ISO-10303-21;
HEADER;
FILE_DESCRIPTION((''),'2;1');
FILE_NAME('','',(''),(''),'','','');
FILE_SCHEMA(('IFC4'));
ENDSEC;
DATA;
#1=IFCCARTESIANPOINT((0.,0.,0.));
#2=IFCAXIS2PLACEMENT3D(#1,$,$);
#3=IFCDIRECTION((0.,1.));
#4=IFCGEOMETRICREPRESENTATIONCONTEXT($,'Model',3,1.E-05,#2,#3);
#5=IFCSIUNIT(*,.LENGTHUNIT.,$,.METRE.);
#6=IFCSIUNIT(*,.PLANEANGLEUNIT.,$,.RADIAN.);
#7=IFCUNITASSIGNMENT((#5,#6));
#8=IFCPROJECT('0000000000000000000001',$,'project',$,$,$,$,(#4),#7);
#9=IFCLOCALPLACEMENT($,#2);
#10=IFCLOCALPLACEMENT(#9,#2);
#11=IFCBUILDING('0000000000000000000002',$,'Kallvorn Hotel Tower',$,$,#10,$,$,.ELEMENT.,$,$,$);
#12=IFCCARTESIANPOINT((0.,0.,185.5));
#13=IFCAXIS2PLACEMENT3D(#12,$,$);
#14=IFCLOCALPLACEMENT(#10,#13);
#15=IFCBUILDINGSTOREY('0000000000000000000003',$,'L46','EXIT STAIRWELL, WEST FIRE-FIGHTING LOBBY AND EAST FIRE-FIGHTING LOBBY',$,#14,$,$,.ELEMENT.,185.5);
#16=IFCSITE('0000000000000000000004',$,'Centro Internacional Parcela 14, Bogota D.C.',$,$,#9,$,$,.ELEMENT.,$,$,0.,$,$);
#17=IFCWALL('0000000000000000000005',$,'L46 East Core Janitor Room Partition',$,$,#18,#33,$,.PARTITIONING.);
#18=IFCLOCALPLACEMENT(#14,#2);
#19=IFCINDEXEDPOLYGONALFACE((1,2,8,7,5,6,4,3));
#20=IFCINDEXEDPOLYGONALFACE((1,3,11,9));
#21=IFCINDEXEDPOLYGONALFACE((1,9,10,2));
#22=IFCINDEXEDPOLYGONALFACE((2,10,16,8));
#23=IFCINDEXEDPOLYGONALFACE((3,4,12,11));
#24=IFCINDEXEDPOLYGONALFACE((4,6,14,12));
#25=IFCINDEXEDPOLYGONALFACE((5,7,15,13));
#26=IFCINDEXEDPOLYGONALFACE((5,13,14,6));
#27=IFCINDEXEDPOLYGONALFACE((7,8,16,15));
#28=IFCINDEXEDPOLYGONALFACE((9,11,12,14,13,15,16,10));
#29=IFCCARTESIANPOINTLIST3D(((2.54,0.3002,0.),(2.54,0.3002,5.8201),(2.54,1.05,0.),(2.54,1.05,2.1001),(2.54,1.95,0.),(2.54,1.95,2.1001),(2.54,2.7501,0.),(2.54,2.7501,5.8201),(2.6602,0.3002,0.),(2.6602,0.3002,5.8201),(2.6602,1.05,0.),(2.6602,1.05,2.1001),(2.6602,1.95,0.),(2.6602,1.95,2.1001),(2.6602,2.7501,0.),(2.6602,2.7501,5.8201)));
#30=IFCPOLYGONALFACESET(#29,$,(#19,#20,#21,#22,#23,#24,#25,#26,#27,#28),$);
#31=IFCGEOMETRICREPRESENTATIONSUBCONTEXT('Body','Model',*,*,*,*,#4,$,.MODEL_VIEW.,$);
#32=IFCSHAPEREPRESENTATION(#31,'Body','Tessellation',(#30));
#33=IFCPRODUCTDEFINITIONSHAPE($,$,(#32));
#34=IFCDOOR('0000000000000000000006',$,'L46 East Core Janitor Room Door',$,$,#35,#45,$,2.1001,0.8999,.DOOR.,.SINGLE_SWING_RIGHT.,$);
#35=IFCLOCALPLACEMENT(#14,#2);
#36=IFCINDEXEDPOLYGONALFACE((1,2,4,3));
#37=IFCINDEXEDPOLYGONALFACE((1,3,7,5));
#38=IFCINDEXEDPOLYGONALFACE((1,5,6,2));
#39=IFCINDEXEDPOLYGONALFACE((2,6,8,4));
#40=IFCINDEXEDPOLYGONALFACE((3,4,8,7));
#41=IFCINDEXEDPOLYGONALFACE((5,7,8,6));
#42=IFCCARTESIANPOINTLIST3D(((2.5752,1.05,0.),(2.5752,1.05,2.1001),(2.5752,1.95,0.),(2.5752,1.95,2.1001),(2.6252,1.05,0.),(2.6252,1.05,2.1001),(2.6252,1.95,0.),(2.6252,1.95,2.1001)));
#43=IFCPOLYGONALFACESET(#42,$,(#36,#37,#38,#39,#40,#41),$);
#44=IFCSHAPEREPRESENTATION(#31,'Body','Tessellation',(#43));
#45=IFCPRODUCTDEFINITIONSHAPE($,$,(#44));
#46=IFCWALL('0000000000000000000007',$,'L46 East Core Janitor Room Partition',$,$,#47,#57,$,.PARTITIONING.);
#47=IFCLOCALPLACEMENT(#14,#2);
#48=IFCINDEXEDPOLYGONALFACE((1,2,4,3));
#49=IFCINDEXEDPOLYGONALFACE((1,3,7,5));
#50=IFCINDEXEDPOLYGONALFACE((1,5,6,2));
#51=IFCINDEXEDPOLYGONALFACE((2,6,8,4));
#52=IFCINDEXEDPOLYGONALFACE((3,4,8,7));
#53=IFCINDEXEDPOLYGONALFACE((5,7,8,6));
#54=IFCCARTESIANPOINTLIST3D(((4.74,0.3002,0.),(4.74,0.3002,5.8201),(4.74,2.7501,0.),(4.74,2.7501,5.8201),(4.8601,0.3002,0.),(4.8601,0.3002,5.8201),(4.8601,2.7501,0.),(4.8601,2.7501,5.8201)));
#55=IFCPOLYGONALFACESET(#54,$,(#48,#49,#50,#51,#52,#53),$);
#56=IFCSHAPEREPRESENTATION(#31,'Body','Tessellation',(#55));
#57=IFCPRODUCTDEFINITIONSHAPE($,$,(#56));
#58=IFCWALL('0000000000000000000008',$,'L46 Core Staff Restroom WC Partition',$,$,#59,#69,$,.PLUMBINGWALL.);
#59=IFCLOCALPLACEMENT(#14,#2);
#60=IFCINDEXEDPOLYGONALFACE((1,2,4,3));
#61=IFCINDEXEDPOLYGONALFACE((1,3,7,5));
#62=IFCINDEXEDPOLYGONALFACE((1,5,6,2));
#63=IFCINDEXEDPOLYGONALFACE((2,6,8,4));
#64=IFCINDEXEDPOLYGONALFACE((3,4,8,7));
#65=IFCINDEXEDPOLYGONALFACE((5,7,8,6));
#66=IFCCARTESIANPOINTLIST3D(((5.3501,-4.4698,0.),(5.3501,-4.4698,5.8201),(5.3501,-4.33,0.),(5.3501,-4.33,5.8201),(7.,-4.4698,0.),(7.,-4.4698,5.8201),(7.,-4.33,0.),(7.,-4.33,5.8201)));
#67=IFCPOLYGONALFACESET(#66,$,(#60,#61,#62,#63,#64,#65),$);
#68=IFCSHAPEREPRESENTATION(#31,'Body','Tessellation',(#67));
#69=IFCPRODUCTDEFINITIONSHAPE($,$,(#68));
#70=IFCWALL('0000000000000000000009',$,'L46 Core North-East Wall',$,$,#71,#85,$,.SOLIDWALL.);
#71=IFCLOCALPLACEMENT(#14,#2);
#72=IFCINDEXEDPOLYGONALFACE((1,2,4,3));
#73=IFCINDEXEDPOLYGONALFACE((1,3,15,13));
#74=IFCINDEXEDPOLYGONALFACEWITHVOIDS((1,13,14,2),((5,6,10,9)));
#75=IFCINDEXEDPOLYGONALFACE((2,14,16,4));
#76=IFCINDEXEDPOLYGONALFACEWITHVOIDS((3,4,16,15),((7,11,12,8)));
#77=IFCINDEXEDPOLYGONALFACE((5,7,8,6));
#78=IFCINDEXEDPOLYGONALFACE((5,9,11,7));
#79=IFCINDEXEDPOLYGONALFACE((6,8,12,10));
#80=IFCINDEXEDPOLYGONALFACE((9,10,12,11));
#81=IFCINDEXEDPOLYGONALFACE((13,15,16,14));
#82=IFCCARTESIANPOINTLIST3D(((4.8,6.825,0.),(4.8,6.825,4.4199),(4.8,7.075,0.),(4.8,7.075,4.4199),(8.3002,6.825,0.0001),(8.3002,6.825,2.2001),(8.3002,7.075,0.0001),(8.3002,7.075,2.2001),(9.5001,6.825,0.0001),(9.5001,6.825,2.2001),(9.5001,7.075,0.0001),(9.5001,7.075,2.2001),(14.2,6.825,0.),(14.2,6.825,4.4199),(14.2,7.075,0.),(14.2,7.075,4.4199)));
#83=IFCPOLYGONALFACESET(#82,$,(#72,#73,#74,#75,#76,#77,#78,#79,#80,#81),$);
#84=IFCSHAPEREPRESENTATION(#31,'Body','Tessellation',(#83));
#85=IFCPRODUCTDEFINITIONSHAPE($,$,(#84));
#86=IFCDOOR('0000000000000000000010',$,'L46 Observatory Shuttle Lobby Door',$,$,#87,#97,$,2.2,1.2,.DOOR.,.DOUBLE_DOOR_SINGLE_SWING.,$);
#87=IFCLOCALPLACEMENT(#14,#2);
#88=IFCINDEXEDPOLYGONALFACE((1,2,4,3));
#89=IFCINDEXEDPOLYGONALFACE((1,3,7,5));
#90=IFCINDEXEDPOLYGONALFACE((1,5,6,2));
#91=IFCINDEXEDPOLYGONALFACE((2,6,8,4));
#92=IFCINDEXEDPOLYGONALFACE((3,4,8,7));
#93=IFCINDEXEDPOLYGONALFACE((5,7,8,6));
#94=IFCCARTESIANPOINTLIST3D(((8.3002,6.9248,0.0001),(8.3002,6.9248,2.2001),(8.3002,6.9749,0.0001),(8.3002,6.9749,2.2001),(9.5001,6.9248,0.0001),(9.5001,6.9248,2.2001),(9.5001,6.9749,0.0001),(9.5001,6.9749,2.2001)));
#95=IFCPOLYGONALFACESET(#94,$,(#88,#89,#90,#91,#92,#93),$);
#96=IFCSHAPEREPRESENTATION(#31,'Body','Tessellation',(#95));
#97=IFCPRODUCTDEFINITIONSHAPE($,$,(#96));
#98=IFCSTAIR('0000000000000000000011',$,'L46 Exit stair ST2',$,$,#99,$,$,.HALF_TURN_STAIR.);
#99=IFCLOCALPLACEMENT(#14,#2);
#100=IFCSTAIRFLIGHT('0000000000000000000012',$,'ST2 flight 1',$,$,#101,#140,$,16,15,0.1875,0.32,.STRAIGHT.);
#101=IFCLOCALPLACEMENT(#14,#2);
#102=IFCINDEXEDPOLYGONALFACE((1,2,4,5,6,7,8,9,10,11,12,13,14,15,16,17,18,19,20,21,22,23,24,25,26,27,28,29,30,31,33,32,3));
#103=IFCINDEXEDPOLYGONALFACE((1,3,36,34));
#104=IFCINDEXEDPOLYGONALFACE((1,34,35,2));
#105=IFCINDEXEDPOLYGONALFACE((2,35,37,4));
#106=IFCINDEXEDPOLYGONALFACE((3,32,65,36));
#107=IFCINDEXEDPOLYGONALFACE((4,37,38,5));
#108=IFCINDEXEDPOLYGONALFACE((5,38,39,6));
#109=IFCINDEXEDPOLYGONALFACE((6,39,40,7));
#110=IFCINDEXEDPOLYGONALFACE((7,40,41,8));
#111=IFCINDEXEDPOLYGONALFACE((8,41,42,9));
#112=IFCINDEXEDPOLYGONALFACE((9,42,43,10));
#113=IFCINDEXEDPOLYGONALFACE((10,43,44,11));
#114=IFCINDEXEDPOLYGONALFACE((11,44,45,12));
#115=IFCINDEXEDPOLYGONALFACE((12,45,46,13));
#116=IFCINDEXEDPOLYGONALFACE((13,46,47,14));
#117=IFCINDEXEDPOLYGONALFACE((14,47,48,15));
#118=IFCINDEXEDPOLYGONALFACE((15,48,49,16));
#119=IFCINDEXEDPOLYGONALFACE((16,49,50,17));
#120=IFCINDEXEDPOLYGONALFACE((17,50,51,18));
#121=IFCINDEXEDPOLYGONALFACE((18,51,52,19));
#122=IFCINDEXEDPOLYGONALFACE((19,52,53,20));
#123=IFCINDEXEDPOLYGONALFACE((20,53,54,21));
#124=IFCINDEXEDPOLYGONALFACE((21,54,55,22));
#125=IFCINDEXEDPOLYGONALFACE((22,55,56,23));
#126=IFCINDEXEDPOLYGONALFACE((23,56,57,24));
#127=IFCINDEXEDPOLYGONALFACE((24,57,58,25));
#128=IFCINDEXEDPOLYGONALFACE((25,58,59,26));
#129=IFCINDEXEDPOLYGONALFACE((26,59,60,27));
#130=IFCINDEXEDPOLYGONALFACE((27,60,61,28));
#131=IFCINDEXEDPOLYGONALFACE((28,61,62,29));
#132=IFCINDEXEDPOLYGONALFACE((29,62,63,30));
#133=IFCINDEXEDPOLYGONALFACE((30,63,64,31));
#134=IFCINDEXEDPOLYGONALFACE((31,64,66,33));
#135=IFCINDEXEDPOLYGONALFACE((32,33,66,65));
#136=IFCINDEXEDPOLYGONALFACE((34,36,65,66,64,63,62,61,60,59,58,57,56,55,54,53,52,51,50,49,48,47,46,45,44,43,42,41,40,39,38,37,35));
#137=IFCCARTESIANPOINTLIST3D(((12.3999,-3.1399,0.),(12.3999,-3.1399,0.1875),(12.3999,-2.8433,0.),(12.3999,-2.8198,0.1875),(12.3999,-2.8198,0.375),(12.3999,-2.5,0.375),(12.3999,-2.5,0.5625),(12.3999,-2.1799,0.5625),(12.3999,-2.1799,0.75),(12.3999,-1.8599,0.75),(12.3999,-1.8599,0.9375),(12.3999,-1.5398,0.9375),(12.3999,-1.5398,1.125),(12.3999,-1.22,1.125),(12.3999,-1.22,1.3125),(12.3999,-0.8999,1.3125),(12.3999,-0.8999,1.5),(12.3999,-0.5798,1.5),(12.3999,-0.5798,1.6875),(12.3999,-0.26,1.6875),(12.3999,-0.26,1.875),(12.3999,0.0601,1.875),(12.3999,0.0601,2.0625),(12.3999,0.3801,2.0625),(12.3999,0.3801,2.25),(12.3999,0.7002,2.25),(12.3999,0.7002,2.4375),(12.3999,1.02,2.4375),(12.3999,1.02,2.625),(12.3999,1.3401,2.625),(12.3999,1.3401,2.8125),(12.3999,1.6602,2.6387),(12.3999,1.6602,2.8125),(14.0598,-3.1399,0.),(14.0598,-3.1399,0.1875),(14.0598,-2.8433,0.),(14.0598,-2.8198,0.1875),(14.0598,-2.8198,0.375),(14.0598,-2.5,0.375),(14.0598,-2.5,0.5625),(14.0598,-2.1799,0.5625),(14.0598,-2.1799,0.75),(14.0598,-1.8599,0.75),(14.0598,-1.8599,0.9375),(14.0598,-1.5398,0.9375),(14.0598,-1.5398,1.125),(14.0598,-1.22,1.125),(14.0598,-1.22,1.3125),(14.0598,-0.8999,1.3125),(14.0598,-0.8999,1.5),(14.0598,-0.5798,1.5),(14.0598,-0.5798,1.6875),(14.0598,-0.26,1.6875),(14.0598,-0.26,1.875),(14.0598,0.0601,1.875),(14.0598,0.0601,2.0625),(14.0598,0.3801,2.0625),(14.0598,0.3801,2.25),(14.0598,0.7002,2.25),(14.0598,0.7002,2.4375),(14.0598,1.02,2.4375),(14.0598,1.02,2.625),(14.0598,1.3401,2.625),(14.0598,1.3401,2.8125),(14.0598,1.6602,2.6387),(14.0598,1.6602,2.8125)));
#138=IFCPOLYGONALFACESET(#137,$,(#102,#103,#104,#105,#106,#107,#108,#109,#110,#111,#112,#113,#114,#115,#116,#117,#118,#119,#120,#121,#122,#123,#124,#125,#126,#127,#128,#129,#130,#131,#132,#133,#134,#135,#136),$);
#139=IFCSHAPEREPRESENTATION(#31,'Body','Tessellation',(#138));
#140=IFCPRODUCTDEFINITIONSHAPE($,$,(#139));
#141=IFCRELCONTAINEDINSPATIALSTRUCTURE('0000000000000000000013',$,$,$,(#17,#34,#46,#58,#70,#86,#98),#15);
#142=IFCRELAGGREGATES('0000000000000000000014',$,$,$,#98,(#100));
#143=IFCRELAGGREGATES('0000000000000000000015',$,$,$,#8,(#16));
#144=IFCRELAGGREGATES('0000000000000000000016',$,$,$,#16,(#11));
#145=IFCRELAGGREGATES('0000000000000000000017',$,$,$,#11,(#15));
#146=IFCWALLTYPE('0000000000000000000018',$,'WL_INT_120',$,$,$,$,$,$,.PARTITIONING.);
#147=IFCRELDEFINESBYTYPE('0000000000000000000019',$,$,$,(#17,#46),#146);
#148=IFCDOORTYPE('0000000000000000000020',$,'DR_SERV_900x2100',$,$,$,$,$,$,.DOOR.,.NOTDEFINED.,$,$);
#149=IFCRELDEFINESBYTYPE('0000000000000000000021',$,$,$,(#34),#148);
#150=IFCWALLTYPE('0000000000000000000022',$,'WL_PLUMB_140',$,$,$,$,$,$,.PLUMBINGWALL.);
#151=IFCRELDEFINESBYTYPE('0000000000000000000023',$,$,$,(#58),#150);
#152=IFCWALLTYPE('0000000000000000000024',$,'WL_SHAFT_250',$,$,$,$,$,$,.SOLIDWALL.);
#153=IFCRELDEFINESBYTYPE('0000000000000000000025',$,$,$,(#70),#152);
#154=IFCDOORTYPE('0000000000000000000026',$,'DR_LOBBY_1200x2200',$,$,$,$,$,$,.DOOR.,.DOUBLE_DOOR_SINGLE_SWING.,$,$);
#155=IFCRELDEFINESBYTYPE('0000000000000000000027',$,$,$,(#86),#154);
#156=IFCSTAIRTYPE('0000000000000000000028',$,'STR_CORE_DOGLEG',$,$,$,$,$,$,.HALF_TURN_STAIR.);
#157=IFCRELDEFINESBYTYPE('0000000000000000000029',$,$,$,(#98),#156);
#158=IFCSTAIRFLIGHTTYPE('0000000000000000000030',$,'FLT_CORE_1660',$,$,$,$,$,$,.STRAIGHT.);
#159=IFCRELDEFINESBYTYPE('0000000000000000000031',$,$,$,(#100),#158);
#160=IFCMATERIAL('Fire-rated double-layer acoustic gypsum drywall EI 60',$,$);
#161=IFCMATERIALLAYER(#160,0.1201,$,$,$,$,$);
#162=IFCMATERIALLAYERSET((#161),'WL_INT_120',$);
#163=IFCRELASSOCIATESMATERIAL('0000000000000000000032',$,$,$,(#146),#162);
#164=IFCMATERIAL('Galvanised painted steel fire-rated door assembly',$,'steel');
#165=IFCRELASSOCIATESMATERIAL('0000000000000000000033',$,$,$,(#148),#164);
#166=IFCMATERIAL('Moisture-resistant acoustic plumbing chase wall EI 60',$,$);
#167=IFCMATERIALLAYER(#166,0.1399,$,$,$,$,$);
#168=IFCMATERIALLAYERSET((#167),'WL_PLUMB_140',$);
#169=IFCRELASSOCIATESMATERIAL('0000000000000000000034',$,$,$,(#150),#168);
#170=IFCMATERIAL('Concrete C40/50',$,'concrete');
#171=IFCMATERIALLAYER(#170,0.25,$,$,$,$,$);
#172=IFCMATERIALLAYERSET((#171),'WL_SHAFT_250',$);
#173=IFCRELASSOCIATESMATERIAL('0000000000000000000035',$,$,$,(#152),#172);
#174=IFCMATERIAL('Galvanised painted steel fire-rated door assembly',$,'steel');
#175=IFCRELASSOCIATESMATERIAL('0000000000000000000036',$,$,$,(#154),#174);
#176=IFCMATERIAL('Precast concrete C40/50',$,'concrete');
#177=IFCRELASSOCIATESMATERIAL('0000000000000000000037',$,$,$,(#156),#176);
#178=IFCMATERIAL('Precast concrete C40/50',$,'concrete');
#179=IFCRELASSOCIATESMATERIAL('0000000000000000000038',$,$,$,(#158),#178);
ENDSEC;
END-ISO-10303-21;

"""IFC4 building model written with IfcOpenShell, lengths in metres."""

from ifc_helpers import new_model, si_unit, direction, frame, frame_2d, origin, place, context, subcontext, project, spatial, polyline, rectangle, outline, extrude, material, layer, layer_set, type_object, element, fill, aggregate, save


model = new_model("IFC4")

# Units and contexts
model_context = context("Model", 3, precision=1e-05, world=origin(), true_north=direction((0.0, 1.0)))
body_context = subcontext(model_context, "Body", "Model", "MODEL_VIEW")
ifc_project = project(units=[si_unit("LENGTHUNIT", "METRE"), si_unit("PLANEANGLEUNIT", "RADIAN")], contexts=[model_context])

# Site, building, storey
site_placement = place(None, origin())
site = spatial("IfcSite", under=ifc_project, at=site_placement, Name="Centro Internacional Parcela 14, Bogota D.C.", CompositionType="ELEMENT", RefElevation=0.0)
building_placement = place(site_placement, origin())
building = spatial("IfcBuilding", under=site, at=building_placement, Name="Kallvorn Hotel Tower", CompositionType="ELEMENT")
storey_placement = place(building_placement, frame((0.0, 0.0, 185.5)))
storey = spatial("IfcBuildingStorey", under=building, at=storey_placement, Name="L46", Description="EXIT STAIRWELL, WEST FIRE-FIGHTING LOBBY AND EAST FIRE-FIGHTING LOBBY", CompositionType="ELEMENT", Elevation=185.5)

# Shared definitions
ifc_material_1 = material(Name="Fire-rated double-layer acoustic gypsum drywall EI 60")
ifc_layer_1 = layer(ifc_material_1, 0.1201)
ifc_layer_set_1 = layer_set([ifc_layer_1], Name="WL_INT_120")
wall_type_1 = type_object("IfcWallType", Name="WL_INT_120", PredefinedType="PARTITIONING", material=ifc_layer_set_1)

# Wall, opening, door
wall_1_placement = place(storey_placement, frame((2.6001, 0.3, 0.0), z_axis=(0.0, 0.0, 1.0), x_axis=(0.0, 1.0, 0.0)))
wall_1 = element("IfcWall", 1, at=wall_1_placement, inside=storey, type_object=wall_type_1, Name="L46 East Core Janitor Room Partition", PredefinedType="PARTITIONING", context=body_context, shape_type="SweptSolid", body=[
    extrude(rectangle(XDim=2.45, YDim=0.1201, at=frame_2d((1.2251, 0.0))), origin(), (0.0, 0.0, 1.0), 5.8201),
])
opening_1_placement = place(wall_1_placement, frame((0.75, 0.0, 0.0)))
opening_1 = element("IfcOpeningElement", 2, at=opening_1_placement, cuts=wall_1, PredefinedType="OPENING", context=body_context, shape_type="SweptSolid", body=[
    extrude(rectangle(XDim=0.8999, YDim=2.1001, at=frame_2d((0.45, 1.05))), frame((0.0, 0.075, 0.0), z_axis=(0.0, -1.0, 0.0), x_axis=(1.0, 0.0, 0.0)), (0.0, 0.0, 1.0), 0.1501),
])
ifc_material_2 = material(Name="Galvanised painted steel fire-rated door assembly", Category="steel")
door_type_1 = type_object("IfcDoorType", Name="DR_SERV_900x2100", OperationType="NOTDEFINED", PredefinedType="DOOR", material=ifc_material_2)
door_1_placement = place(opening_1_placement, origin())
door_1 = element("IfcDoor", 3, at=door_1_placement, inside=storey, type_object=door_type_1, Name="L46 East Core Janitor Room Door", OperationType="SINGLE_SWING_RIGHT", OverallHeight=2.1001, OverallWidth=0.8999, PredefinedType="DOOR", context=body_context, shape_type="SweptSolid", body=[
    extrude(rectangle(XDim=0.8999, YDim=2.1001, at=frame_2d((0.45, 1.05))), frame((0.0, 0.0249, 0.0), z_axis=(0.0, -1.0, 0.0), x_axis=(1.0, 0.0, 0.0)), (0.0, 0.0, 1.0), 0.05),
])
fill(opening_1, door_1)

# Walls
wall_2_placement = place(storey_placement, frame((4.8, 0.3, 0.0), z_axis=(0.0, 0.0, 1.0), x_axis=(0.0, 1.0, 0.0)))
element("IfcWall", 4, at=wall_2_placement, inside=storey, type_object=wall_type_1, Name="L46 East Core Janitor Room Partition", PredefinedType="PARTITIONING", context=body_context, shape_type="SweptSolid", body=[
    extrude(rectangle(XDim=2.45, YDim=0.1201, at=frame_2d((1.2251, 0.0))), origin(), (0.0, 0.0, 1.0), 5.8201),
])
ifc_material_3 = material(Name="Moisture-resistant acoustic plumbing chase wall EI 60")
ifc_layer_2 = layer(ifc_material_3, 0.1399)
ifc_layer_set_2 = layer_set([ifc_layer_2], Name="WL_PLUMB_140")
wall_type_2 = type_object("IfcWallType", Name="WL_PLUMB_140", PredefinedType="PLUMBINGWALL", material=ifc_layer_set_2)
wall_3_placement = place(storey_placement, frame((5.3501, -4.3999, 0.0), z_axis=(0.0, 0.0, 1.0), x_axis=(1.0, 0.0, 0.0)))
element("IfcWall", 5, at=wall_3_placement, inside=storey, type_object=wall_type_2, Name="L46 Core Staff Restroom WC Partition", PredefinedType="PLUMBINGWALL", context=body_context, shape_type="SweptSolid", body=[
    extrude(rectangle(XDim=1.6499, YDim=0.1399, at=frame_2d((0.825, 0.0))), origin(), (0.0, 0.0, 1.0), 5.8201),
])

# Wall, opening, door
ifc_material_4 = material(Name="Concrete C40/50", Category="concrete")
ifc_layer_3 = layer(ifc_material_4, 0.25)
ifc_layer_set_3 = layer_set([ifc_layer_3], Name="WL_SHAFT_250")
wall_type_3 = type_object("IfcWallType", Name="WL_SHAFT_250", PredefinedType="SOLIDWALL", material=ifc_layer_set_3)
wall_4_placement = place(storey_placement, frame((4.8, 6.95, 0.0), z_axis=(0.0, 0.0, 1.0), x_axis=(1.0, 0.0, 0.0)))
wall_4 = element("IfcWall", 6, at=wall_4_placement, inside=storey, type_object=wall_type_3, Name="L46 Core North-East Wall", PredefinedType="SOLIDWALL", context=body_context, shape_type="SweptSolid", body=[
    extrude(rectangle(XDim=9.3999, YDim=0.25, at=frame_2d((4.7, 0.0))), origin(), (0.0, 0.0, 1.0), 4.4199),
])
opening_2_placement = place(wall_4_placement, frame((3.5, 0.0, 0.0)))
opening_2 = element("IfcOpeningElement", 7, at=opening_2_placement, cuts=wall_4, PredefinedType="OPENING", context=body_context, shape_type="SweptSolid", body=[
    extrude(rectangle(XDim=1.2, YDim=2.2, at=frame_2d((0.6001, 1.1001))), frame((0.0, 0.1399, 0.0), z_axis=(0.0, -1.0, 0.0), x_axis=(1.0, 0.0, 0.0)), (0.0, 0.0, 1.0), 0.28),
])
ifc_material_5 = material(Name="Galvanised painted steel fire-rated door assembly", Category="steel")
door_type_2 = type_object("IfcDoorType", Name="DR_LOBBY_1200x2200", OperationType="DOUBLE_DOOR_SINGLE_SWING", PredefinedType="DOOR", material=ifc_material_5)
door_2_placement = place(opening_2_placement, origin())
door_2 = element("IfcDoor", 8, at=door_2_placement, inside=storey, type_object=door_type_2, Name="L46 Observatory Shuttle Lobby Door", OperationType="DOUBLE_DOOR_SINGLE_SWING", OverallHeight=2.2, OverallWidth=1.2, PredefinedType="DOOR", context=body_context, shape_type="SweptSolid", body=[
    extrude(rectangle(XDim=1.2, YDim=2.2, at=frame_2d((0.6001, 1.1001))), frame((0.0, 0.0249, 0.0), z_axis=(0.0, -1.0, 0.0), x_axis=(1.0, 0.0, 0.0)), (0.0, 0.0, 1.0), 0.05),
])
fill(opening_2, door_2)

# Stair, stair flight
ifc_material_6 = material(Name="Precast concrete C40/50", Category="concrete")
stair_type = type_object("IfcStairType", Name="STR_CORE_DOGLEG", PredefinedType="HALF_TURN_STAIR", material=ifc_material_6)
stair_placement = place(storey_placement, origin())
stair = element("IfcStair", 9, at=stair_placement, inside=storey, type_object=stair_type, Name="L46 Exit stair ST2", PredefinedType="HALF_TURN_STAIR")
ifc_material_7 = material(Name="Precast concrete C40/50", Category="concrete")
stair_flight_type = type_object("IfcStairFlightType", Name="FLT_CORE_1660", PredefinedType="STRAIGHT", material=ifc_material_7)
stair_flight_1_placement = place(storey_placement, frame((13.23, -3.1399, 0.0), z_axis=(0.0, 0.0, 1.0), x_axis=(0.0, 1.0, 0.0)))
stair_flight_1 = element("IfcStairFlight", 10, at=stair_flight_1_placement, type_object=stair_flight_type, Name="ST2 flight 1", NumberOfRisers=16, NumberOfTreads=15, PredefinedType="STRAIGHT", RiserHeight=0.1875, TreadLength=0.32, context=body_context, shape_type="SweptSolid", body=[
    extrude(outline(polyline([(0.0, 0.0), (0.0, 0.1875), (0.3201, 0.1875), (0.3201, 0.375), (0.6399, 0.375), (0.6399, 0.5625), (0.96, 0.5625), (0.96, 0.75), (1.28, 0.75), (1.28, 0.9375), (1.6001, 0.9375), (1.6001, 1.125), (1.9199, 1.125), (1.9199, 1.3125), (2.24, 1.3125), (2.24, 1.5), (2.5601, 1.5), (2.5601, 1.6875), (2.8799, 1.6875), (2.8799, 1.875), (3.2, 1.875), (3.2, 2.0625), (3.52, 2.0625), (3.52, 2.25), (3.8401, 2.25), (3.8401, 2.4375), (4.1599, 2.4375), (4.1599, 2.625), (4.48, 2.625), (4.48, 2.8125), (4.8, 2.8125), (4.8, 3.0), (4.8, 2.6387), (0.2966, 0.0), (0.0, 0.0)])), frame((0.0, 0.8301, 0.0), z_axis=(0.0, -1.0, 0.0), x_axis=(1.0, 0.0, 0.0)), (0.0, 0.0, 1.0), 1.6599),
])
aggregate(stair, [stair_flight_1])

save(model, "model.ifc")
